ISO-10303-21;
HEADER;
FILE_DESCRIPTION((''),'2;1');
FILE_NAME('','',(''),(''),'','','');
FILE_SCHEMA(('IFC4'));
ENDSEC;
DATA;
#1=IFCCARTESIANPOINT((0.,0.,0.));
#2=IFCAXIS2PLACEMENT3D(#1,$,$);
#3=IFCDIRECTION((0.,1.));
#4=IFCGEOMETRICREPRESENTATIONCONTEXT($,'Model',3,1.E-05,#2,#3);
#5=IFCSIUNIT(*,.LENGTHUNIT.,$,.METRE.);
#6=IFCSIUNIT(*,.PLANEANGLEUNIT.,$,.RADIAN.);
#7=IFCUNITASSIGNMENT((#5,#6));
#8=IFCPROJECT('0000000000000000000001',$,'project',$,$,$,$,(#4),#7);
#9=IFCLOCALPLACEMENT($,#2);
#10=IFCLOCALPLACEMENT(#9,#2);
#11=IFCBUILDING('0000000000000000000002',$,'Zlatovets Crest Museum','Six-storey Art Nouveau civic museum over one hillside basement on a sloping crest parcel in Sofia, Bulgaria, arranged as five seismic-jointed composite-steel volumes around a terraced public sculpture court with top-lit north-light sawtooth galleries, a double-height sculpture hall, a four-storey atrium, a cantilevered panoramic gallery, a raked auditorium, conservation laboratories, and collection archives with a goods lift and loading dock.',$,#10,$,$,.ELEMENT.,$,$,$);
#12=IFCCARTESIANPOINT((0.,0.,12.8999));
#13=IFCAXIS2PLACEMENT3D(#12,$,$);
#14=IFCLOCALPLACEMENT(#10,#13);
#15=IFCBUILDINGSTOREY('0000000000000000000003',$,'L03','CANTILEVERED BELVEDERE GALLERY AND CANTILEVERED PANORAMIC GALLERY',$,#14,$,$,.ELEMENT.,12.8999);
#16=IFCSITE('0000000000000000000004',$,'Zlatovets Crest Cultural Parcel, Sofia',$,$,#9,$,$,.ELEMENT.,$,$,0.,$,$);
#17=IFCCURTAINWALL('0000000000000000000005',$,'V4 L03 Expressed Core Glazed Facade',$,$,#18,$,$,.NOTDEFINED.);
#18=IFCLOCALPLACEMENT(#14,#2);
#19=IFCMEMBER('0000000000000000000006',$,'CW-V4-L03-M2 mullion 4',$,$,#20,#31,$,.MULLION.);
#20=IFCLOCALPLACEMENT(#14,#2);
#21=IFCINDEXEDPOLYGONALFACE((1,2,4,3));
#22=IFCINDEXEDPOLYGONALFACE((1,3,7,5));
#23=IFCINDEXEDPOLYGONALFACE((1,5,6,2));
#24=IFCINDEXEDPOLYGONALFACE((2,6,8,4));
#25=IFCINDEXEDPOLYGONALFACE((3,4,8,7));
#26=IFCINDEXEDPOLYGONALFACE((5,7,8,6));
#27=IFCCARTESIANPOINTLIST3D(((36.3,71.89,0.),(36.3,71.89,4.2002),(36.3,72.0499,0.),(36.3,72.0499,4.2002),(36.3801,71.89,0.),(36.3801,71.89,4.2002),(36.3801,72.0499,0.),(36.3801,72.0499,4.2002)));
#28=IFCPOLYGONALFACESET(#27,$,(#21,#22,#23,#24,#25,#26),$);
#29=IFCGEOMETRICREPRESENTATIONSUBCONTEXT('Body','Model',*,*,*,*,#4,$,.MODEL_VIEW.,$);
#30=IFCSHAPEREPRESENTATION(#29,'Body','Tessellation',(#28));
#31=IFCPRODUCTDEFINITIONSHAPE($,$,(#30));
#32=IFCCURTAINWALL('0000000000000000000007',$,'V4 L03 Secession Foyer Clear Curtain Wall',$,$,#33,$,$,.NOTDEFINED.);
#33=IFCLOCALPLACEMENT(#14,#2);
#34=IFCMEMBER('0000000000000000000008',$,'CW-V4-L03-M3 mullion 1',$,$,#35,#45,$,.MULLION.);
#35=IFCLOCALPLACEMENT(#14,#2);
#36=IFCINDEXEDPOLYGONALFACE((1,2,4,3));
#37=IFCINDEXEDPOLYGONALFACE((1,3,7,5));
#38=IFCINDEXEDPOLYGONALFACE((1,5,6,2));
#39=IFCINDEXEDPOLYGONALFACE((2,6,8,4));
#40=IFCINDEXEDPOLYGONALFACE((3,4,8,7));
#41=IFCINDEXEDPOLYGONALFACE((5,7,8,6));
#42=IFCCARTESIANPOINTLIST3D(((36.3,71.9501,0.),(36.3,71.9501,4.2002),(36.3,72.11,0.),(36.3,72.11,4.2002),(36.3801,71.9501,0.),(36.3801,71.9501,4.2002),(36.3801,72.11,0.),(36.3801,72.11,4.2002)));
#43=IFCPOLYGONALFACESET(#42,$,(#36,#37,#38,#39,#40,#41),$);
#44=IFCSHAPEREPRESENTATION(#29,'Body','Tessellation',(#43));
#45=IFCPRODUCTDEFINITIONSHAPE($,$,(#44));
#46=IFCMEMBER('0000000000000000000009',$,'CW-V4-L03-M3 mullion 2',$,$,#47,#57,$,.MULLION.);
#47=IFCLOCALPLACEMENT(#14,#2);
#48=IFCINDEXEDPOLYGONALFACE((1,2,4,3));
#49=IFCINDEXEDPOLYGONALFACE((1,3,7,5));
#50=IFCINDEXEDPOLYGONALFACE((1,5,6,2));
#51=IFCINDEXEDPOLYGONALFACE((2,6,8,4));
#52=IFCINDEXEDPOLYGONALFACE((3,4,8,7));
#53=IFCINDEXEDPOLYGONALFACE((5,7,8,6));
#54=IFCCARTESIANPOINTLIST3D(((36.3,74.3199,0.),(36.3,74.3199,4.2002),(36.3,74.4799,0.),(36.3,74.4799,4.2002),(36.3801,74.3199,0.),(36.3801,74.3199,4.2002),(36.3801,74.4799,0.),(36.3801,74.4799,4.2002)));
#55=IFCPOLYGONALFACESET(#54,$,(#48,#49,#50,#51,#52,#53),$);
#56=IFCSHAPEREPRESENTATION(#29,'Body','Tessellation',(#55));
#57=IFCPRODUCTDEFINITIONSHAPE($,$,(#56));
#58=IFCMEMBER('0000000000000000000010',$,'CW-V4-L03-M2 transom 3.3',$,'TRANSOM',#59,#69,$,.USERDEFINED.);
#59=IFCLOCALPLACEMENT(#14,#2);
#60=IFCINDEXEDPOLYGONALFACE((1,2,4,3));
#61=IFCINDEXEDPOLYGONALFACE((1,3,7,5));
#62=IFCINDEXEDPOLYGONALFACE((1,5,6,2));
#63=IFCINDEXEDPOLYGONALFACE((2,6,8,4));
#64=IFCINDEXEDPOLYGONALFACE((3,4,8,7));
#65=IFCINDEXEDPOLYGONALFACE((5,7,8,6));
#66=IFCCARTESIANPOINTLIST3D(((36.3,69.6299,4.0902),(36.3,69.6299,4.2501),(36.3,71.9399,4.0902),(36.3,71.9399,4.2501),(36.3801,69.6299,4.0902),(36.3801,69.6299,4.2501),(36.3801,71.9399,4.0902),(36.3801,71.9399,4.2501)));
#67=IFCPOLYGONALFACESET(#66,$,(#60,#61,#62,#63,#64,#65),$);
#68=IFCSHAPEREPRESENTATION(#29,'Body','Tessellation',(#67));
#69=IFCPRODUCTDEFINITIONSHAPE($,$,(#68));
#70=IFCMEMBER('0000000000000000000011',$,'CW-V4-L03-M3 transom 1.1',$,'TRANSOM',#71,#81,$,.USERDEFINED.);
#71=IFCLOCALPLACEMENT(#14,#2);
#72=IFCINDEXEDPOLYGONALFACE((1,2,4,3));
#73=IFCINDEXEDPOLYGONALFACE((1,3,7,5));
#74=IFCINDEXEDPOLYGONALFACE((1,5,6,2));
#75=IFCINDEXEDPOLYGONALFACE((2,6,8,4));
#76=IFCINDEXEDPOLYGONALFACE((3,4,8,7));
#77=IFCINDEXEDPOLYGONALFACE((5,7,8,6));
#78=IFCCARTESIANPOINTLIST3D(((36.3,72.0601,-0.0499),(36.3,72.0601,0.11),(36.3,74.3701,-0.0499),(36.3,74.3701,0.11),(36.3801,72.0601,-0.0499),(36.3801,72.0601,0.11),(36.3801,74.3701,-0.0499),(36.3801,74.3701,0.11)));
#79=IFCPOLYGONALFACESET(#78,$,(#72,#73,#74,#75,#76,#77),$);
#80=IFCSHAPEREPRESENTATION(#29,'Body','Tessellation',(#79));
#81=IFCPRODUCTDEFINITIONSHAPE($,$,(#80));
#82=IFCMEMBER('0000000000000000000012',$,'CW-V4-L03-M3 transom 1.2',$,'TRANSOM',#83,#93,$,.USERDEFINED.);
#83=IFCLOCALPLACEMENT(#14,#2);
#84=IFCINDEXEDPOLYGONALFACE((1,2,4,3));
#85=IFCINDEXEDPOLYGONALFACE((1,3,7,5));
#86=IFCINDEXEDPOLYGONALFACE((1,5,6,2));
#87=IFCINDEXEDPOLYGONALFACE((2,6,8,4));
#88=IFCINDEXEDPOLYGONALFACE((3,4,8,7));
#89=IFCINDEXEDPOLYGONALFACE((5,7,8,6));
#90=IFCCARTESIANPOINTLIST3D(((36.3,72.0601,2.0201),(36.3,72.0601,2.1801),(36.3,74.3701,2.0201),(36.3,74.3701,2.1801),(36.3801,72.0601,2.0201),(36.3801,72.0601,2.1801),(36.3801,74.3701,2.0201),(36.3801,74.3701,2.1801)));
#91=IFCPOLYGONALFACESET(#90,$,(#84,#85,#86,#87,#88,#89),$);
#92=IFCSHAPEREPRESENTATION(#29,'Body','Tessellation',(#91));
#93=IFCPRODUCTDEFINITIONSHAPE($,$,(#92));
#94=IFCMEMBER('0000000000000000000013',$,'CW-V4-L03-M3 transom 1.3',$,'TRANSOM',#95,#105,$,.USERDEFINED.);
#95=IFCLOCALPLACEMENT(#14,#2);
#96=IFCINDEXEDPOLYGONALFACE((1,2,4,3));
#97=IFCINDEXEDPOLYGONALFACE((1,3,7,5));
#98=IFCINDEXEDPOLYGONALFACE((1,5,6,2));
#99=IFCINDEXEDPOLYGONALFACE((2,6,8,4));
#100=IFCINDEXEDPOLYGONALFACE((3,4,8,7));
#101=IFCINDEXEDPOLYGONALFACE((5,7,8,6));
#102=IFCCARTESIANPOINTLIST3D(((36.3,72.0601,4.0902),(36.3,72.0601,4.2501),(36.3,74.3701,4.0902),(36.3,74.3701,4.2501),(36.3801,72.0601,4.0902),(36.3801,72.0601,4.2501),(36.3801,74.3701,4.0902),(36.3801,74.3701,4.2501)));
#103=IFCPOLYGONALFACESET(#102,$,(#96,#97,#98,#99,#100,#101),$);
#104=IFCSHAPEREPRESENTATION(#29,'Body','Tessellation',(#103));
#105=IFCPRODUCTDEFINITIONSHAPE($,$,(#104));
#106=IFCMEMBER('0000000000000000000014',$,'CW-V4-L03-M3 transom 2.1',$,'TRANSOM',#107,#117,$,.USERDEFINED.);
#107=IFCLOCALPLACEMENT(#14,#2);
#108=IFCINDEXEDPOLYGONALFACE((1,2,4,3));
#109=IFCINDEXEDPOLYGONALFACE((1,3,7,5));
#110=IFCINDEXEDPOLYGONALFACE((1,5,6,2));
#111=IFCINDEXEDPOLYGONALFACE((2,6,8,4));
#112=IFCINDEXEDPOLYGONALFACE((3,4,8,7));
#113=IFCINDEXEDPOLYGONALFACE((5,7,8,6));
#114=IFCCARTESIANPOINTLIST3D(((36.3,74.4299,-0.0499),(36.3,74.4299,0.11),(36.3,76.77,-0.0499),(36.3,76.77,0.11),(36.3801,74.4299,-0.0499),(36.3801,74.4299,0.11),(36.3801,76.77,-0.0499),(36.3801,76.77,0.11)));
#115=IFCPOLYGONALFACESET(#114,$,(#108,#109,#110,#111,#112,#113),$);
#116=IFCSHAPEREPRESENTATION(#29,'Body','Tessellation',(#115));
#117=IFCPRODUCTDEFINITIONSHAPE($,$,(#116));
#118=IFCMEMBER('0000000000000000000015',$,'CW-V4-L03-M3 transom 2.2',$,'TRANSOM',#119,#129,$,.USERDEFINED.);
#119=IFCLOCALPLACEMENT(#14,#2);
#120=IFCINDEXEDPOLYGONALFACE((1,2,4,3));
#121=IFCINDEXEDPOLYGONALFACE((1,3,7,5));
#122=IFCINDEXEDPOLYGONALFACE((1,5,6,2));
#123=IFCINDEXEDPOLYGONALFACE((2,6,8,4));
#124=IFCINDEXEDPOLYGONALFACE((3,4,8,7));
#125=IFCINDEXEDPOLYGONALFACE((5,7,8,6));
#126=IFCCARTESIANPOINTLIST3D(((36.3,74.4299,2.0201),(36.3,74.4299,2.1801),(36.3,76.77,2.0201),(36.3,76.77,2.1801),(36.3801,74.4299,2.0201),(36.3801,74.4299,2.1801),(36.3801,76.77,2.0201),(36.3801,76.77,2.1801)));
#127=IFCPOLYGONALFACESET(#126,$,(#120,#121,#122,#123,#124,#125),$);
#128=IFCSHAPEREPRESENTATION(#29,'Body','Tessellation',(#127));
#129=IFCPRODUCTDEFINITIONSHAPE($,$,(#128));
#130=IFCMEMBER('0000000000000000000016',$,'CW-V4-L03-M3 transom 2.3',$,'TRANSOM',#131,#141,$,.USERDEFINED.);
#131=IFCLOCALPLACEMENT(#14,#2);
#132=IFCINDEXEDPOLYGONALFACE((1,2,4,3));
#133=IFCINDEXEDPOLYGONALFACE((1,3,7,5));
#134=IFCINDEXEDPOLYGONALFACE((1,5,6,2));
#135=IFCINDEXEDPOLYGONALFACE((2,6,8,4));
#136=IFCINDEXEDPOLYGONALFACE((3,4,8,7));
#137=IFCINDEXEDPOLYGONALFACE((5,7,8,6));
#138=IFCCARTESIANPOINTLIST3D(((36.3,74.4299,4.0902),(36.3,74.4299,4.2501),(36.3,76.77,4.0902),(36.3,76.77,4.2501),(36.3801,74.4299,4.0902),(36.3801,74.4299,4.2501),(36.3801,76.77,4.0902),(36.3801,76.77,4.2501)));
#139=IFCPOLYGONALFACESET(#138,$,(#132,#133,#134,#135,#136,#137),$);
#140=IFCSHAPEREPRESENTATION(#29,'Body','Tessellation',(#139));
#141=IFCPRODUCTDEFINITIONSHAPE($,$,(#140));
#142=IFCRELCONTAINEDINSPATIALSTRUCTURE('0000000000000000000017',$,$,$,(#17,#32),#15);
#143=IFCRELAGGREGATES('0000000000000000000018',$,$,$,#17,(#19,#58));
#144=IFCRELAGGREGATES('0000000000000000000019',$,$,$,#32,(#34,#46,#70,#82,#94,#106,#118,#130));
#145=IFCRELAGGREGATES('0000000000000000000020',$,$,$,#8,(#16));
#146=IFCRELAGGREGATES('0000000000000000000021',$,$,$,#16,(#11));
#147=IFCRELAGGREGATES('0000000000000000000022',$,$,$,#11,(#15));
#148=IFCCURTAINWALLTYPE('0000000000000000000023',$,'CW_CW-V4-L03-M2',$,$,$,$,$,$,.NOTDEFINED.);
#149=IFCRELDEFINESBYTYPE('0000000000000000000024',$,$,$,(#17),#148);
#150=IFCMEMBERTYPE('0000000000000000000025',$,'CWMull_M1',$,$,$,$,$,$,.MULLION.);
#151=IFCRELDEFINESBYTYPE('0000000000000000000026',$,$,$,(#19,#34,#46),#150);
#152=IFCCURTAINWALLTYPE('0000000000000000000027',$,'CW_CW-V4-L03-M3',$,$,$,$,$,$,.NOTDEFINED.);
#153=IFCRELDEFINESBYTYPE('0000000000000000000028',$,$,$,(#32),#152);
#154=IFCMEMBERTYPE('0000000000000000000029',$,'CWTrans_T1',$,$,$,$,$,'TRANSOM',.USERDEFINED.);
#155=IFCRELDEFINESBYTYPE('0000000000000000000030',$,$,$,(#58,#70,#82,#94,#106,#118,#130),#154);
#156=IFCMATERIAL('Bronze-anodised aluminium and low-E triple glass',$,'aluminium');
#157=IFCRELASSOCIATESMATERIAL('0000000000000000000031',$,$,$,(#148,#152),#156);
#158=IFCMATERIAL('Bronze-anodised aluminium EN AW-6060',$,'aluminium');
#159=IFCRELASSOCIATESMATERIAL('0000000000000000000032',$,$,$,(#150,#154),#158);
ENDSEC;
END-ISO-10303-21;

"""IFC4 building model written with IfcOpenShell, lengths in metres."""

from ifc_helpers import new_model, si_unit, direction, frame, origin, origin_2d, place, context, subcontext, project, spatial, rectangle, extrude, material, material_profile, profile_set, type_object, element, aggregate, save


model = new_model("IFC4")

# Units and contexts
model_context = context("Model", 3, precision=1e-05, world=origin(), true_north=direction((0.0, 1.0)))
body_context = subcontext(model_context, "Body", "Model", "MODEL_VIEW")
ifc_project = project(units=[si_unit("LENGTHUNIT", "METRE"), si_unit("PLANEANGLEUNIT", "RADIAN")], contexts=[model_context])

# Site, building, storey
site_placement = place(None, origin())
site = spatial("IfcSite", under=ifc_project, at=site_placement, Name="Zlatovets Crest Cultural Parcel, Sofia", CompositionType="ELEMENT", RefElevation=0.0)
building_placement = place(site_placement, origin())
building = spatial("IfcBuilding", under=site, at=building_placement, Name="Zlatovets Crest Museum", Description="Six-storey Art Nouveau civic museum over one hillside basement on a sloping crest parcel in Sofia, Bulgaria, arranged as five seismic-jointed composite-steel volumes around a terraced public sculpture court with top-lit north-light sawtooth galleries, a double-height sculpture hall, a four-storey atrium, a cantilevered panoramic gallery, a raked auditorium, conservation laboratories, and collection archives with a goods lift and loading dock.", CompositionType="ELEMENT")
storey_placement = place(building_placement, frame((0.0, 0.0, 12.8999)))
storey = spatial("IfcBuildingStorey", under=building, at=storey_placement, Name="L03", Description="CANTILEVERED BELVEDERE GALLERY AND CANTILEVERED PANORAMIC GALLERY", CompositionType="ELEMENT", Elevation=12.8999)

# Curtain wall, member
ifc_material_1 = material(Name="Bronze-anodised aluminium and low-E triple glass", Category="aluminium")
curtain_wall_type_1 = type_object("IfcCurtainWallType", Name="CW_CW-V4-L03-M2", PredefinedType="NOTDEFINED", material=ifc_material_1)
curtain_wall_1_placement = place(storey_placement, origin())
curtain_wall_1 = element("IfcCurtainWall", 1, at=curtain_wall_1_placement, inside=storey, type_object=curtain_wall_type_1, Name="V4 L03 Expressed Core Glazed Facade", PredefinedType="NOTDEFINED")
ifc_material_2 = material(Name="Bronze-anodised aluminium EN AW-6060", Category="aluminium")
ifc_material_profile_1 = material_profile(ifc_material_2, rectangle(XDim=0.0801, YDim=0.1599, at=origin_2d()), Name="ALU 80x160")
ifc_profile_set_1 = profile_set([ifc_material_profile_1], Name="Bronze-anodised aluminium EN AW-6060")
member_type_1 = type_object("IfcMemberType", Name="CWMull_M1", PredefinedType="MULLION", material=ifc_profile_set_1)
member_1_placement = place(storey_placement, frame((36.3401, 71.97, 0.0), z_axis=(0.0, 0.0, 1.0), x_axis=(-1.0, 0.0, 0.0)))
member_1 = element("IfcMember", 2, at=member_1_placement, type_object=member_type_1, Name="CW-V4-L03-M2 mullion 4", PredefinedType="MULLION", context=body_context, shape_type="SweptSolid", body=[
    extrude(rectangle(XDim=0.0801, YDim=0.1599, at=origin_2d()), origin(), (0.0, 0.0, 1.0), 4.2002),
])

# Curtain wall, members
curtain_wall_type_2 = type_object("IfcCurtainWallType", Name="CW_CW-V4-L03-M3", PredefinedType="NOTDEFINED", material=ifc_material_1)
curtain_wall_2_placement = place(storey_placement, origin())
curtain_wall_2 = element("IfcCurtainWall", 3, at=curtain_wall_2_placement, inside=storey, type_object=curtain_wall_type_2, Name="V4 L03 Secession Foyer Clear Curtain Wall", PredefinedType="NOTDEFINED")
member_2_placement = place(storey_placement, frame((36.3401, 72.03, 0.0), z_axis=(0.0, 0.0, 1.0), x_axis=(-1.0, 0.0, 0.0)))
member_2 = element("IfcMember", 4, at=member_2_placement, type_object=member_type_1, Name="CW-V4-L03-M3 mullion 1", PredefinedType="MULLION", context=body_context, shape_type="SweptSolid", body=[
    extrude(rectangle(XDim=0.0801, YDim=0.1599, at=origin_2d()), origin(), (0.0, 0.0, 1.0), 4.2002),
])
member_3_placement = place(storey_placement, frame((36.3401, 74.3999, 0.0), z_axis=(0.0, 0.0, 1.0), x_axis=(-1.0, 0.0, 0.0)))
member_3 = element("IfcMember", 5, at=member_3_placement, type_object=member_type_1, Name="CW-V4-L03-M3 mullion 2", PredefinedType="MULLION", context=body_context, shape_type="SweptSolid", body=[
    extrude(rectangle(XDim=0.0801, YDim=0.1599, at=origin_2d()), origin(), (0.0, 0.0, 1.0), 4.2002),
])

# Members
ifc_material_profile_2 = material_profile(ifc_material_2, rectangle(XDim=0.0801, YDim=0.1599, at=origin_2d()), Name="ALU 80x160")
ifc_profile_set_2 = profile_set([ifc_material_profile_2], Name="Bronze-anodised aluminium EN AW-6060")
member_type_2 = type_object("IfcMemberType", Name="CWTrans_T1", ElementType="TRANSOM", PredefinedType="USERDEFINED", material=ifc_profile_set_2)
member_4_placement = place(storey_placement, frame((36.3401, 69.6299, 4.1702), z_axis=(0.0, 1.0, 0.0), x_axis=(-1.0, 0.0, 0.0)))
member_4 = element("IfcMember", 6, at=member_4_placement, type_object=member_type_2, Name="CW-V4-L03-M2 transom 3.3", ObjectType="TRANSOM", PredefinedType="USERDEFINED", context=body_context, shape_type="SweptSolid", body=[
    extrude(rectangle(XDim=0.0801, YDim=0.1599, at=origin_2d()), origin(), (0.0, 0.0, 1.0), 2.3101),
])
member_5_placement = place(storey_placement, frame((36.3401, 72.0601, 0.03), z_axis=(0.0, 1.0, 0.0), x_axis=(-1.0, 0.0, 0.0)))
member_5 = element("IfcMember", 7, at=member_5_placement, type_object=member_type_2, Name="CW-V4-L03-M3 transom 1.1", ObjectType="TRANSOM", PredefinedType="USERDEFINED", context=body_context, shape_type="SweptSolid", body=[
    extrude(rectangle(XDim=0.0801, YDim=0.1599, at=origin_2d()), origin(), (0.0, 0.0, 1.0), 2.3101),
])
member_6_placement = place(storey_placement, frame((36.3401, 72.0601, 2.1001), z_axis=(0.0, 1.0, 0.0), x_axis=(-1.0, 0.0, 0.0)))
member_6 = element("IfcMember", 8, at=member_6_placement, type_object=member_type_2, Name="CW-V4-L03-M3 transom 1.2", ObjectType="TRANSOM", PredefinedType="USERDEFINED", context=body_context, shape_type="SweptSolid", body=[
    extrude(rectangle(XDim=0.0801, YDim=0.1599, at=origin_2d()), origin(), (0.0, 0.0, 1.0), 2.3101),
])
member_7_placement = place(storey_placement, frame((36.3401, 72.0601, 4.1702), z_axis=(0.0, 1.0, 0.0), x_axis=(-1.0, 0.0, 0.0)))
member_7 = element("IfcMember", 9, at=member_7_placement, type_object=member_type_2, Name="CW-V4-L03-M3 transom 1.3", ObjectType="TRANSOM", PredefinedType="USERDEFINED", context=body_context, shape_type="SweptSolid", body=[
    extrude(rectangle(XDim=0.0801, YDim=0.1599, at=origin_2d()), origin(), (0.0, 0.0, 1.0), 2.3101),
])
member_8_placement = place(storey_placement, frame((36.3401, 74.4299, 0.03), z_axis=(0.0, 1.0, 0.0), x_axis=(-1.0, 0.0, 0.0)))
member_8 = element("IfcMember", 10, at=member_8_placement, type_object=member_type_2, Name="CW-V4-L03-M3 transom 2.1", ObjectType="TRANSOM", PredefinedType="USERDEFINED", context=body_context, shape_type="SweptSolid", body=[
    extrude(rectangle(XDim=0.0801, YDim=0.1599, at=origin_2d()), origin(), (0.0, 0.0, 1.0), 2.3401),
])
member_9_placement = place(storey_placement, frame((36.3401, 74.4299, 2.1001), z_axis=(0.0, 1.0, 0.0), x_axis=(-1.0, 0.0, 0.0)))
member_9 = element("IfcMember", 11, at=member_9_placement, type_object=member_type_2, Name="CW-V4-L03-M3 transom 2.2", ObjectType="TRANSOM", PredefinedType="USERDEFINED", context=body_context, shape_type="SweptSolid", body=[
    extrude(rectangle(XDim=0.0801, YDim=0.1599, at=origin_2d()), origin(), (0.0, 0.0, 1.0), 2.3401),
])
member_10_placement = place(storey_placement, frame((36.3401, 74.4299, 4.1702), z_axis=(0.0, 1.0, 0.0), x_axis=(-1.0, 0.0, 0.0)))
member_10 = element("IfcMember", 12, at=member_10_placement, type_object=member_type_2, Name="CW-V4-L03-M3 transom 2.3", ObjectType="TRANSOM", PredefinedType="USERDEFINED", context=body_context, shape_type="SweptSolid", body=[
    extrude(rectangle(XDim=0.0801, YDim=0.1599, at=origin_2d()), origin(), (0.0, 0.0, 1.0), 2.3401),
])

aggregate(curtain_wall_1, [member_1, member_4])
aggregate(curtain_wall_2, [member_2, member_3, member_5, member_6, member_7, member_8, member_9, member_10])

save(model, "model.ifc")
